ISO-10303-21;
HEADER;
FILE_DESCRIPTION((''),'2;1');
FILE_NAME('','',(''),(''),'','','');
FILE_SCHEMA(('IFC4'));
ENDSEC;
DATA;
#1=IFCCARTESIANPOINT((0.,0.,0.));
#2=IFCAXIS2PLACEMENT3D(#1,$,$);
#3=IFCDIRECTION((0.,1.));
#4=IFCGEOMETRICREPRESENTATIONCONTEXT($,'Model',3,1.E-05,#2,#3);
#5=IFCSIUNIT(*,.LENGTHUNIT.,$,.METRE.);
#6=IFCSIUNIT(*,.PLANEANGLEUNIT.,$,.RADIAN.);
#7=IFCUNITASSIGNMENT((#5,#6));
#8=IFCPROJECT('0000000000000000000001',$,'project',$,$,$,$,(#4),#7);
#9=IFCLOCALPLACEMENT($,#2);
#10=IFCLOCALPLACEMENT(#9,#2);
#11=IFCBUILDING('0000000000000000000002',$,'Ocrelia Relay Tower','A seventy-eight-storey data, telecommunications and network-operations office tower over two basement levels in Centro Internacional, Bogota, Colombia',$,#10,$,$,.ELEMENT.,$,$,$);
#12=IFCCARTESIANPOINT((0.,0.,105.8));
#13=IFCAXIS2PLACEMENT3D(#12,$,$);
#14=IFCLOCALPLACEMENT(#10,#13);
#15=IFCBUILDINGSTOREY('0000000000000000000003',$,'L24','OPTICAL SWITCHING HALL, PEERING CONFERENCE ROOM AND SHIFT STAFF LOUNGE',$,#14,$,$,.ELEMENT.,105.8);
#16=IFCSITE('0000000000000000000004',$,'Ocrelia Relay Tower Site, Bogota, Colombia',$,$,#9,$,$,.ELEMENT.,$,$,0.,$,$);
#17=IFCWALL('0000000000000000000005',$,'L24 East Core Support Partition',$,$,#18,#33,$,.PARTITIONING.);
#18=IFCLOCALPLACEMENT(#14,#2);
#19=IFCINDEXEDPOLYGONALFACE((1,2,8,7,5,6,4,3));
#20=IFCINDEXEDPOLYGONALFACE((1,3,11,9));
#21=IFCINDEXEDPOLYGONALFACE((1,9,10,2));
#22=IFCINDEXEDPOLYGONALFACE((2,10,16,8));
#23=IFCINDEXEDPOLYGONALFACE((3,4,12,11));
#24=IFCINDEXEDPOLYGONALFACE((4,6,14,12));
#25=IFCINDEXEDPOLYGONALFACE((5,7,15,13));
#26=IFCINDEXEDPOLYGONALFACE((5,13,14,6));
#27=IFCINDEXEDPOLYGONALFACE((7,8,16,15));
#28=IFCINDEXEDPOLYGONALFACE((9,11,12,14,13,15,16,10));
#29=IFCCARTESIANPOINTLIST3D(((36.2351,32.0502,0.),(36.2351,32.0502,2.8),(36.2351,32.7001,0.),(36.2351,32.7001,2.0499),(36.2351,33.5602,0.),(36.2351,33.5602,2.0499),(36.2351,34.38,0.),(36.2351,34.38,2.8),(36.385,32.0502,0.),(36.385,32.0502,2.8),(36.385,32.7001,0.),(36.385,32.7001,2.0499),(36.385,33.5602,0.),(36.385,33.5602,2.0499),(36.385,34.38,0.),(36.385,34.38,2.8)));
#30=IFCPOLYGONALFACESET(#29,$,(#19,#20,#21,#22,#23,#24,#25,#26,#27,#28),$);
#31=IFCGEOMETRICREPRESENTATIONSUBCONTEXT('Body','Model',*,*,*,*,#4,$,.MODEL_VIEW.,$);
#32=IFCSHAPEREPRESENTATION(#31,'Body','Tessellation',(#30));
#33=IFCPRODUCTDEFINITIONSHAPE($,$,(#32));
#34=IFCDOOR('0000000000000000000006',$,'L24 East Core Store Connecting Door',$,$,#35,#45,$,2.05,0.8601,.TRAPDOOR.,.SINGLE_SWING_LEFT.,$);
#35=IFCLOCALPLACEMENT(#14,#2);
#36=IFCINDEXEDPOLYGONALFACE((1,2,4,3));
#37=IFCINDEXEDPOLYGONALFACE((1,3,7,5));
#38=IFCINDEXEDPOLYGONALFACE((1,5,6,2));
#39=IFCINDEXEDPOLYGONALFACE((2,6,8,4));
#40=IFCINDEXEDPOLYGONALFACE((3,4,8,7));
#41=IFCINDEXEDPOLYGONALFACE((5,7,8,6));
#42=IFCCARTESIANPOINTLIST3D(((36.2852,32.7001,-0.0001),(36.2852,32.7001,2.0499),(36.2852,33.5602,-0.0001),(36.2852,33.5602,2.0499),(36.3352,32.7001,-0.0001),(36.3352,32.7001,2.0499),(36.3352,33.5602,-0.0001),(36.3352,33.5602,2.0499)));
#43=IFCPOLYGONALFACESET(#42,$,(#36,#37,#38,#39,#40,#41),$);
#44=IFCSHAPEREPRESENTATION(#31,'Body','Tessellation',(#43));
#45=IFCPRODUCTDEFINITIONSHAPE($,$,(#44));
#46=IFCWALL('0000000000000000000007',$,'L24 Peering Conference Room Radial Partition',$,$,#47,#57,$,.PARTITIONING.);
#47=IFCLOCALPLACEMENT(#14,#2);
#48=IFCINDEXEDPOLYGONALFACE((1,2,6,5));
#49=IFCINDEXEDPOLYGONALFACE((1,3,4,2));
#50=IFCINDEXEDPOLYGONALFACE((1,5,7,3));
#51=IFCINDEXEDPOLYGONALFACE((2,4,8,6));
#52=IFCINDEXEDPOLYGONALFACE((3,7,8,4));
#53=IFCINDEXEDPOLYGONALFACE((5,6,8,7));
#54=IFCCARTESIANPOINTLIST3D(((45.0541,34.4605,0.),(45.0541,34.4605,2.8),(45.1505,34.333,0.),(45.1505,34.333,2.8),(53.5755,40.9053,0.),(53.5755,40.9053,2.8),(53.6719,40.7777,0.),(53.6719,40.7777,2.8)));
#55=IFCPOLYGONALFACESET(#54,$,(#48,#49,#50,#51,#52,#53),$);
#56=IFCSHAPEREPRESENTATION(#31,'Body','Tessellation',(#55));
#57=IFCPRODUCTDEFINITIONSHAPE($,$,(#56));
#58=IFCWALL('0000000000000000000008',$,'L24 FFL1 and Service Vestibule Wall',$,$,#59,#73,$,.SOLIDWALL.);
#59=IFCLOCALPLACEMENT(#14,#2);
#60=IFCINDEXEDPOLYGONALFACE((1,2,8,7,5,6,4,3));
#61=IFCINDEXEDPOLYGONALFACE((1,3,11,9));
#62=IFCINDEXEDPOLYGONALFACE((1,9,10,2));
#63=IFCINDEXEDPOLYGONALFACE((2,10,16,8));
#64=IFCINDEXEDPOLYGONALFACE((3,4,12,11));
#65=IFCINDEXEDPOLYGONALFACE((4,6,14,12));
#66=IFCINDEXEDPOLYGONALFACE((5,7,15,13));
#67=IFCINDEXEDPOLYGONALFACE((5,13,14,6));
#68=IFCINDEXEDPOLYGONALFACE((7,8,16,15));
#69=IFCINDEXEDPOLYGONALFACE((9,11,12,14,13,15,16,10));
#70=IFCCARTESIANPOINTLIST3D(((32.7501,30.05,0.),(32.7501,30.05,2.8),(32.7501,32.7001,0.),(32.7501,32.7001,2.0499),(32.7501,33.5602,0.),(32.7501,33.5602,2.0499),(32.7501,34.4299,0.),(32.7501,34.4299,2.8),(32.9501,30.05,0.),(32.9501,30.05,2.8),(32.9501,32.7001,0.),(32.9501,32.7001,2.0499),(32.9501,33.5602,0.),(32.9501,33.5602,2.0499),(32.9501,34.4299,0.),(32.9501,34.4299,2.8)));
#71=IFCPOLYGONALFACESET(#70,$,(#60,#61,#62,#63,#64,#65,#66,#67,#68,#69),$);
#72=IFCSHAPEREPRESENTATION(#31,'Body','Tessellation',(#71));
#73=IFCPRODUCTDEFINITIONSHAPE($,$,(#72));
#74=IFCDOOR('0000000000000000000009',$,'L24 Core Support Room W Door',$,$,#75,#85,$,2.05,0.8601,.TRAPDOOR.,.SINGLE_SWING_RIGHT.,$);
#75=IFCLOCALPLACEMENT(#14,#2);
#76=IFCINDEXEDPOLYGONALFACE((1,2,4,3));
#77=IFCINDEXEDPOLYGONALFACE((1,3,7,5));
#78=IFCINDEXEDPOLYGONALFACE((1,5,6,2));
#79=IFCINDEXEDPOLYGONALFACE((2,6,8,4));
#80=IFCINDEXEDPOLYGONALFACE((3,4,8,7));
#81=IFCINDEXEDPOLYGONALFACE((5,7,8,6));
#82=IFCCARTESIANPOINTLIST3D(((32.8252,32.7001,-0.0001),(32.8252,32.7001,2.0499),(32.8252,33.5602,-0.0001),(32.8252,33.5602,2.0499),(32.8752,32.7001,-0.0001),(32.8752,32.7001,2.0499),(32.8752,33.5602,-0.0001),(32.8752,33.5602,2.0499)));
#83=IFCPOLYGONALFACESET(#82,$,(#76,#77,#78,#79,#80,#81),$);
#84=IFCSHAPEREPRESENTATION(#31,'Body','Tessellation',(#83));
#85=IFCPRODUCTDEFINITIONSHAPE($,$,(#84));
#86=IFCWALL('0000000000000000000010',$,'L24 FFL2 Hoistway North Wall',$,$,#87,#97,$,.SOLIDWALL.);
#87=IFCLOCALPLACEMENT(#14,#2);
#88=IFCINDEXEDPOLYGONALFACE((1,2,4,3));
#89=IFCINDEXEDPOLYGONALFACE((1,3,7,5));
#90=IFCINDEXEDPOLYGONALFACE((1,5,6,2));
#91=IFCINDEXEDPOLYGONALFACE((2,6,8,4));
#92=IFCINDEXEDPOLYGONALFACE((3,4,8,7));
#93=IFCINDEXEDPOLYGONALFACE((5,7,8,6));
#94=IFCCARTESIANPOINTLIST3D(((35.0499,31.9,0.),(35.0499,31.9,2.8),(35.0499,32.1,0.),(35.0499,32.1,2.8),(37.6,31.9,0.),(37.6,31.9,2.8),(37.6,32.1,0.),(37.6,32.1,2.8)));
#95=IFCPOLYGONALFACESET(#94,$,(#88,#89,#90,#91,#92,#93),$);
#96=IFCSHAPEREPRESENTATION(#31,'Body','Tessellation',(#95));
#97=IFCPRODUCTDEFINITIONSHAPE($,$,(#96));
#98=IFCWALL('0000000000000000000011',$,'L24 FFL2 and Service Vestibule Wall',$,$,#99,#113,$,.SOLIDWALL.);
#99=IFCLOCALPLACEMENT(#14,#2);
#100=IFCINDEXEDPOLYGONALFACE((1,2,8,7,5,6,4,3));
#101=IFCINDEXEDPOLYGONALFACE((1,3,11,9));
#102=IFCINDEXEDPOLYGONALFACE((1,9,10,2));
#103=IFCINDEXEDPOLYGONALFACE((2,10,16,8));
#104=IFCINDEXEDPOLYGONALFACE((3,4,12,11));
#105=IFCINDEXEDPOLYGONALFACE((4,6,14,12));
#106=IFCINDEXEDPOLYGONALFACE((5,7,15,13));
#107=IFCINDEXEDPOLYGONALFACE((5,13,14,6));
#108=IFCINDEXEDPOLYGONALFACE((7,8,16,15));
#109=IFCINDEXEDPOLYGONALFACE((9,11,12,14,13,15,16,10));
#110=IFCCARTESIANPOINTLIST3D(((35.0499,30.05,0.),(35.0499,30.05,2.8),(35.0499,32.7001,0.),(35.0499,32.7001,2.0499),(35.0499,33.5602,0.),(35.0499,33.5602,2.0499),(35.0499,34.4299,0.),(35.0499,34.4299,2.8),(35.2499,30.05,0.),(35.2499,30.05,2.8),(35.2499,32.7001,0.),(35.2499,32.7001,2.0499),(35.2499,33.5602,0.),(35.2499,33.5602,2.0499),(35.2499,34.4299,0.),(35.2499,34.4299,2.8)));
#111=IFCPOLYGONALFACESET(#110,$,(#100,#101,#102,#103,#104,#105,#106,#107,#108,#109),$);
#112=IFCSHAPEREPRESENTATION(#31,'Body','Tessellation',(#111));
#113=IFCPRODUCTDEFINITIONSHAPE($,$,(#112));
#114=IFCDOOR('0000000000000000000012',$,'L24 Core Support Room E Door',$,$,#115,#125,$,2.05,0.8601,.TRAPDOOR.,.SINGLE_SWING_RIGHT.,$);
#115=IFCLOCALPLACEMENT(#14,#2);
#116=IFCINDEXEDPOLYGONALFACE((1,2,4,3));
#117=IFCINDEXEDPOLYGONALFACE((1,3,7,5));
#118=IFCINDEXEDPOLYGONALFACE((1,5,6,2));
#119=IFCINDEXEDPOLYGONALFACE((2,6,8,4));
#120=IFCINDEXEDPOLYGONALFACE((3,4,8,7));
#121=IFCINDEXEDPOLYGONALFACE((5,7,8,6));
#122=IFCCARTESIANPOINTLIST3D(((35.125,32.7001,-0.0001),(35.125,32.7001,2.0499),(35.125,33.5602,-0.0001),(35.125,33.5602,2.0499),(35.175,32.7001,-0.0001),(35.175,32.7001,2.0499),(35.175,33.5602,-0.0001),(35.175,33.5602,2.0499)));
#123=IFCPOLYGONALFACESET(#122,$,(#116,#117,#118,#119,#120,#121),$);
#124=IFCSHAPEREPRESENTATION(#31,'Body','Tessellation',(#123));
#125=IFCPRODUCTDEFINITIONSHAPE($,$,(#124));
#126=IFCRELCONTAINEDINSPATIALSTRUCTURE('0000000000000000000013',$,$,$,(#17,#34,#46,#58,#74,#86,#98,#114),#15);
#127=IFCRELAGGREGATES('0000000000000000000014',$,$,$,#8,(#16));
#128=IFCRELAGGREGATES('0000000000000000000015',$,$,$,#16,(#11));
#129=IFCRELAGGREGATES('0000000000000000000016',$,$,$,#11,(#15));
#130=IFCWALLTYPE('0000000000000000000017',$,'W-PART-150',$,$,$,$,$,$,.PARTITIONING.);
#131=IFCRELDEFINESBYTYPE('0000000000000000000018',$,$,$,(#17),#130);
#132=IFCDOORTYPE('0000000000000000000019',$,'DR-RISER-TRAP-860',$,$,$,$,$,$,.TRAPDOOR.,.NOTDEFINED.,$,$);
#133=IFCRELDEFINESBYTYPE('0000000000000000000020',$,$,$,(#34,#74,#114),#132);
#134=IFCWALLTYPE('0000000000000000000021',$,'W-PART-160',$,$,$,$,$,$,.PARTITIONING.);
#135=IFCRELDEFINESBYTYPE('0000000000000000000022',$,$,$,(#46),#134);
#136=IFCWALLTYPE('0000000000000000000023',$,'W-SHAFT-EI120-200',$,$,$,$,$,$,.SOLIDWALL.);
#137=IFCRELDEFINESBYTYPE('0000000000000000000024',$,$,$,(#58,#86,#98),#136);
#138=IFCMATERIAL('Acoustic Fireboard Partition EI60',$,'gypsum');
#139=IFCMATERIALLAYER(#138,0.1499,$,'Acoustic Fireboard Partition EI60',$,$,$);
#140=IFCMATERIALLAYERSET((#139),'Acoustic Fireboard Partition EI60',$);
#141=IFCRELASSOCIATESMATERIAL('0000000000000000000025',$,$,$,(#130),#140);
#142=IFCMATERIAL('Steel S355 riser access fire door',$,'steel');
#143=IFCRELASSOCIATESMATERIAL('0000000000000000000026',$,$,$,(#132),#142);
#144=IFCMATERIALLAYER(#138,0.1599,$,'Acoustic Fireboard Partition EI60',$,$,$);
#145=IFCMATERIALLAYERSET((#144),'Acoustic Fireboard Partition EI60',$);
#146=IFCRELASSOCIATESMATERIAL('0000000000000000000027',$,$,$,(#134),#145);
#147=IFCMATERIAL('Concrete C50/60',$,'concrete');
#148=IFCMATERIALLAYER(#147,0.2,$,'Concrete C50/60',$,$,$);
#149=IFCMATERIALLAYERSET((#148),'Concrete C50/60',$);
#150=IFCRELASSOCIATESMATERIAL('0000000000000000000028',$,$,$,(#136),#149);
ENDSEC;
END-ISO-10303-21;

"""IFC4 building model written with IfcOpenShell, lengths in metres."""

from ifc_helpers import new_model, si_unit, direction, frame, frame_2d, origin, place, context, subcontext, project, spatial, rectangle, extrude, material, layer, layer_set, type_object, element, fill, save


model = new_model("IFC4")

# Units and contexts
model_context = context("Model", 3, precision=1e-05, world=origin(), true_north=direction((0.0, 1.0)))
body_context = subcontext(model_context, "Body", "Model", "MODEL_VIEW")
ifc_project = project(units=[si_unit("LENGTHUNIT", "METRE"), si_unit("PLANEANGLEUNIT", "RADIAN")], contexts=[model_context])

# Site, building, storey
site_placement = place(None, origin())
site = spatial("IfcSite", under=ifc_project, at=site_placement, Name="Ocrelia Relay Tower Site, Bogota, Colombia", CompositionType="ELEMENT", RefElevation=0.0)
building_placement = place(site_placement, origin())
building = spatial("IfcBuilding", under=site, at=building_placement, Name="Ocrelia Relay Tower", Description="A seventy-eight-storey data, telecommunications and network-operations office tower over two basement levels in Centro Internacional, Bogota, Colombia", CompositionType="ELEMENT")
storey_placement = place(building_placement, frame((0.0, 0.0, 105.8)))
storey = spatial("IfcBuildingStorey", under=building, at=storey_placement, Name="L24", Description="OPTICAL SWITCHING HALL, PEERING CONFERENCE ROOM AND SHIFT STAFF LOUNGE", CompositionType="ELEMENT", Elevation=105.8)

# Shared definitions
ifc_material_1 = material(Name="Concrete C50/60", Category="concrete")

# Wall, opening, door
ifc_material_2 = material(Name="Acoustic Fireboard Partition EI60", Category="gypsum")
ifc_layer_1 = layer(ifc_material_2, 0.1499, Name="Acoustic Fireboard Partition EI60")
ifc_layer_set_1 = layer_set([ifc_layer_1], Name="Acoustic Fireboard Partition EI60")
wall_type_1 = type_object("IfcWallType", Name="W-PART-150", PredefinedType="PARTITIONING", material=ifc_layer_set_1)
ifc_material_3 = material(Name="Steel S355 riser access fire door", Category="steel")
door_type_1 = type_object("IfcDoorType", Name="DR-RISER-TRAP-860", OperationType="NOTDEFINED", PredefinedType="TRAPDOOR", material=ifc_material_3)
wall_1_placement = place(storey_placement, frame((36.3101, 32.05, 0.0), z_axis=(0.0, 0.0, 1.0), x_axis=(0.0, 1.0, 0.0)))
wall_1 = element("IfcWall", 1, at=wall_1_placement, inside=storey, type_object=wall_type_1, Name="L24 East Core Support Partition", PredefinedType="PARTITIONING", context=body_context, shape_type="SweptSolid", body=[
    extrude(rectangle(XDim=2.3298, YDim=0.1499, at=frame_2d((1.165, 0.0))), origin(), (0.0, 0.0, 1.0), 2.8),
])
opening_1_placement = place(wall_1_placement, frame((0.6499, 0.0, 0.0)))
opening_1 = element("IfcOpeningElement", 2, at=opening_1_placement, cuts=wall_1, PredefinedType="OPENING", context=body_context, shape_type="SweptSolid", body=[
    extrude(rectangle(XDim=0.8601, YDim=2.05, at=frame_2d((0.4302, 1.0249))), frame((0.0, 0.085, 0.0), z_axis=(0.0, -1.0, 0.0), x_axis=(1.0, 0.0, 0.0)), (0.0, 0.0, 1.0), 0.1699),
])
door_1_placement = place(opening_1_placement, origin())
door_1 = element("IfcDoor", 3, at=door_1_placement, inside=storey, type_object=door_type_1, Name="L24 East Core Store Connecting Door", OperationType="SINGLE_SWING_LEFT", OverallHeight=2.05, OverallWidth=0.8601, PredefinedType="TRAPDOOR", context=body_context, shape_type="SweptSolid", body=[
    extrude(rectangle(XDim=0.8601, YDim=2.05, at=frame_2d((0.4302, 1.0249))), frame((0.0, 0.0249, 0.0), z_axis=(0.0, -1.0, 0.0), x_axis=(1.0, 0.0, 0.0)), (0.0, 0.0, 1.0), 0.05),
])
fill(opening_1, door_1)

# Wall
ifc_layer_2 = layer(ifc_material_2, 0.1599, Name="Acoustic Fireboard Partition EI60")
ifc_layer_set_2 = layer_set([ifc_layer_2], Name="Acoustic Fireboard Partition EI60")
wall_type_2 = type_object("IfcWallType", Name="W-PART-160", PredefinedType="PARTITIONING", material=ifc_layer_set_2)
wall_2_placement = place(storey_placement, frame((45.1023, 34.3967, 0.0), z_axis=(0.0, 0.0, 1.0), x_axis=(0.79758, 0.603213, 0.0)))
element("IfcWall", 4, at=wall_2_placement, inside=storey, type_object=wall_type_2, Name="L24 Peering Conference Room Radial Partition", PredefinedType="PARTITIONING", context=body_context, shape_type="SweptSolid", body=[
    extrude(rectangle(XDim=10.6841, YDim=0.1599, at=frame_2d((5.342, 0.0))), origin(), (0.0, 0.0, 1.0), 2.8),
])

# Wall, opening, door
ifc_layer_3 = layer(ifc_material_1, 0.2, Name="Concrete C50/60")
ifc_layer_set_3 = layer_set([ifc_layer_3], Name="Concrete C50/60")
wall_type_3 = type_object("IfcWallType", Name="W-SHAFT-EI120-200", PredefinedType="SOLIDWALL", material=ifc_layer_set_3)
wall_3_placement = place(storey_placement, frame((32.8501, 30.05, 0.0), z_axis=(0.0, 0.0, 1.0), x_axis=(0.0, 1.0, 0.0)))
wall_3 = element("IfcWall", 5, at=wall_3_placement, inside=storey, type_object=wall_type_3, Name="L24 FFL1 and Service Vestibule Wall", PredefinedType="SOLIDWALL", context=body_context, shape_type="SweptSolid", body=[
    extrude(rectangle(XDim=4.3799, YDim=0.2, at=frame_2d((2.1899, 0.0))), origin(), (0.0, 0.0, 1.0), 2.8),
])
opening_2_placement = place(wall_3_placement, frame((2.6499, 0.0, 0.0)))
opening_2 = element("IfcOpeningElement", 6, at=opening_2_placement, cuts=wall_3, PredefinedType="OPENING", context=body_context, shape_type="SweptSolid", body=[
    extrude(rectangle(XDim=0.8601, YDim=2.05, at=frame_2d((0.4302, 1.0249))), frame((0.0, 0.1099, 0.0), z_axis=(0.0, -1.0, 0.0), x_axis=(1.0, 0.0, 0.0)), (0.0, 0.0, 1.0), 0.22),
])
door_2_placement = place(opening_2_placement, origin())
door_2 = element("IfcDoor", 7, at=door_2_placement, inside=storey, type_object=door_type_1, Name="L24 Core Support Room W Door", OperationType="SINGLE_SWING_RIGHT", OverallHeight=2.05, OverallWidth=0.8601, PredefinedType="TRAPDOOR", context=body_context, shape_type="SweptSolid", body=[
    extrude(rectangle(XDim=0.8601, YDim=2.05, at=frame_2d((0.4302, 1.0249))), frame((0.0, 0.0249, 0.0), z_axis=(0.0, -1.0, 0.0), x_axis=(1.0, 0.0, 0.0)), (0.0, 0.0, 1.0), 0.05),
])
fill(opening_2, door_2)

# Wall
wall_4_placement = place(storey_placement, frame((35.05, 32.0, 0.0), z_axis=(0.0, 0.0, 1.0), x_axis=(1.0, 0.0, 0.0)))
element("IfcWall", 8, at=wall_4_placement, inside=storey, type_object=wall_type_3, Name="L24 FFL2 Hoistway North Wall", PredefinedType="SOLIDWALL", context=body_context, shape_type="SweptSolid", body=[
    extrude(rectangle(XDim=2.55, YDim=0.2, at=frame_2d((1.2749, 0.0))), origin(), (0.0, 0.0, 1.0), 2.8),
])

# Wall, opening, door
wall_5_placement = place(storey_placement, frame((35.1499, 30.05, 0.0), z_axis=(0.0, 0.0, 1.0), x_axis=(0.0, 1.0, 0.0)))
wall_5 = element("IfcWall", 9, at=wall_5_placement, inside=storey, type_object=wall_type_3, Name="L24 FFL2 and Service Vestibule Wall", PredefinedType="SOLIDWALL", context=body_context, shape_type="SweptSolid", body=[
    extrude(rectangle(XDim=4.3799, YDim=0.2, at=frame_2d((2.1899, 0.0))), origin(), (0.0, 0.0, 1.0), 2.8),
])
opening_3_placement = place(wall_5_placement, frame((2.6499, 0.0, 0.0)))
opening_3 = element("IfcOpeningElement", 10, at=opening_3_placement, cuts=wall_5, PredefinedType="OPENING", context=body_context, shape_type="SweptSolid", body=[
    extrude(rectangle(XDim=0.8601, YDim=2.05, at=frame_2d((0.4302, 1.0249))), frame((0.0, 0.1099, 0.0), z_axis=(0.0, -1.0, 0.0), x_axis=(1.0, 0.0, 0.0)), (0.0, 0.0, 1.0), 0.22),
])
door_3_placement = place(opening_3_placement, origin())
door_3 = element("IfcDoor", 11, at=door_3_placement, inside=storey, type_object=door_type_1, Name="L24 Core Support Room E Door", OperationType="SINGLE_SWING_RIGHT", OverallHeight=2.05, OverallWidth=0.8601, PredefinedType="TRAPDOOR", context=body_context, shape_type="SweptSolid", body=[
    extrude(rectangle(XDim=0.8601, YDim=2.05, at=frame_2d((0.4302, 1.0249))), frame((0.0, 0.0249, 0.0), z_axis=(0.0, -1.0, 0.0), x_axis=(1.0, 0.0, 0.0)), (0.0, 0.0, 1.0), 0.05),
])
fill(opening_3, door_3)

save(model, "model.ifc")
